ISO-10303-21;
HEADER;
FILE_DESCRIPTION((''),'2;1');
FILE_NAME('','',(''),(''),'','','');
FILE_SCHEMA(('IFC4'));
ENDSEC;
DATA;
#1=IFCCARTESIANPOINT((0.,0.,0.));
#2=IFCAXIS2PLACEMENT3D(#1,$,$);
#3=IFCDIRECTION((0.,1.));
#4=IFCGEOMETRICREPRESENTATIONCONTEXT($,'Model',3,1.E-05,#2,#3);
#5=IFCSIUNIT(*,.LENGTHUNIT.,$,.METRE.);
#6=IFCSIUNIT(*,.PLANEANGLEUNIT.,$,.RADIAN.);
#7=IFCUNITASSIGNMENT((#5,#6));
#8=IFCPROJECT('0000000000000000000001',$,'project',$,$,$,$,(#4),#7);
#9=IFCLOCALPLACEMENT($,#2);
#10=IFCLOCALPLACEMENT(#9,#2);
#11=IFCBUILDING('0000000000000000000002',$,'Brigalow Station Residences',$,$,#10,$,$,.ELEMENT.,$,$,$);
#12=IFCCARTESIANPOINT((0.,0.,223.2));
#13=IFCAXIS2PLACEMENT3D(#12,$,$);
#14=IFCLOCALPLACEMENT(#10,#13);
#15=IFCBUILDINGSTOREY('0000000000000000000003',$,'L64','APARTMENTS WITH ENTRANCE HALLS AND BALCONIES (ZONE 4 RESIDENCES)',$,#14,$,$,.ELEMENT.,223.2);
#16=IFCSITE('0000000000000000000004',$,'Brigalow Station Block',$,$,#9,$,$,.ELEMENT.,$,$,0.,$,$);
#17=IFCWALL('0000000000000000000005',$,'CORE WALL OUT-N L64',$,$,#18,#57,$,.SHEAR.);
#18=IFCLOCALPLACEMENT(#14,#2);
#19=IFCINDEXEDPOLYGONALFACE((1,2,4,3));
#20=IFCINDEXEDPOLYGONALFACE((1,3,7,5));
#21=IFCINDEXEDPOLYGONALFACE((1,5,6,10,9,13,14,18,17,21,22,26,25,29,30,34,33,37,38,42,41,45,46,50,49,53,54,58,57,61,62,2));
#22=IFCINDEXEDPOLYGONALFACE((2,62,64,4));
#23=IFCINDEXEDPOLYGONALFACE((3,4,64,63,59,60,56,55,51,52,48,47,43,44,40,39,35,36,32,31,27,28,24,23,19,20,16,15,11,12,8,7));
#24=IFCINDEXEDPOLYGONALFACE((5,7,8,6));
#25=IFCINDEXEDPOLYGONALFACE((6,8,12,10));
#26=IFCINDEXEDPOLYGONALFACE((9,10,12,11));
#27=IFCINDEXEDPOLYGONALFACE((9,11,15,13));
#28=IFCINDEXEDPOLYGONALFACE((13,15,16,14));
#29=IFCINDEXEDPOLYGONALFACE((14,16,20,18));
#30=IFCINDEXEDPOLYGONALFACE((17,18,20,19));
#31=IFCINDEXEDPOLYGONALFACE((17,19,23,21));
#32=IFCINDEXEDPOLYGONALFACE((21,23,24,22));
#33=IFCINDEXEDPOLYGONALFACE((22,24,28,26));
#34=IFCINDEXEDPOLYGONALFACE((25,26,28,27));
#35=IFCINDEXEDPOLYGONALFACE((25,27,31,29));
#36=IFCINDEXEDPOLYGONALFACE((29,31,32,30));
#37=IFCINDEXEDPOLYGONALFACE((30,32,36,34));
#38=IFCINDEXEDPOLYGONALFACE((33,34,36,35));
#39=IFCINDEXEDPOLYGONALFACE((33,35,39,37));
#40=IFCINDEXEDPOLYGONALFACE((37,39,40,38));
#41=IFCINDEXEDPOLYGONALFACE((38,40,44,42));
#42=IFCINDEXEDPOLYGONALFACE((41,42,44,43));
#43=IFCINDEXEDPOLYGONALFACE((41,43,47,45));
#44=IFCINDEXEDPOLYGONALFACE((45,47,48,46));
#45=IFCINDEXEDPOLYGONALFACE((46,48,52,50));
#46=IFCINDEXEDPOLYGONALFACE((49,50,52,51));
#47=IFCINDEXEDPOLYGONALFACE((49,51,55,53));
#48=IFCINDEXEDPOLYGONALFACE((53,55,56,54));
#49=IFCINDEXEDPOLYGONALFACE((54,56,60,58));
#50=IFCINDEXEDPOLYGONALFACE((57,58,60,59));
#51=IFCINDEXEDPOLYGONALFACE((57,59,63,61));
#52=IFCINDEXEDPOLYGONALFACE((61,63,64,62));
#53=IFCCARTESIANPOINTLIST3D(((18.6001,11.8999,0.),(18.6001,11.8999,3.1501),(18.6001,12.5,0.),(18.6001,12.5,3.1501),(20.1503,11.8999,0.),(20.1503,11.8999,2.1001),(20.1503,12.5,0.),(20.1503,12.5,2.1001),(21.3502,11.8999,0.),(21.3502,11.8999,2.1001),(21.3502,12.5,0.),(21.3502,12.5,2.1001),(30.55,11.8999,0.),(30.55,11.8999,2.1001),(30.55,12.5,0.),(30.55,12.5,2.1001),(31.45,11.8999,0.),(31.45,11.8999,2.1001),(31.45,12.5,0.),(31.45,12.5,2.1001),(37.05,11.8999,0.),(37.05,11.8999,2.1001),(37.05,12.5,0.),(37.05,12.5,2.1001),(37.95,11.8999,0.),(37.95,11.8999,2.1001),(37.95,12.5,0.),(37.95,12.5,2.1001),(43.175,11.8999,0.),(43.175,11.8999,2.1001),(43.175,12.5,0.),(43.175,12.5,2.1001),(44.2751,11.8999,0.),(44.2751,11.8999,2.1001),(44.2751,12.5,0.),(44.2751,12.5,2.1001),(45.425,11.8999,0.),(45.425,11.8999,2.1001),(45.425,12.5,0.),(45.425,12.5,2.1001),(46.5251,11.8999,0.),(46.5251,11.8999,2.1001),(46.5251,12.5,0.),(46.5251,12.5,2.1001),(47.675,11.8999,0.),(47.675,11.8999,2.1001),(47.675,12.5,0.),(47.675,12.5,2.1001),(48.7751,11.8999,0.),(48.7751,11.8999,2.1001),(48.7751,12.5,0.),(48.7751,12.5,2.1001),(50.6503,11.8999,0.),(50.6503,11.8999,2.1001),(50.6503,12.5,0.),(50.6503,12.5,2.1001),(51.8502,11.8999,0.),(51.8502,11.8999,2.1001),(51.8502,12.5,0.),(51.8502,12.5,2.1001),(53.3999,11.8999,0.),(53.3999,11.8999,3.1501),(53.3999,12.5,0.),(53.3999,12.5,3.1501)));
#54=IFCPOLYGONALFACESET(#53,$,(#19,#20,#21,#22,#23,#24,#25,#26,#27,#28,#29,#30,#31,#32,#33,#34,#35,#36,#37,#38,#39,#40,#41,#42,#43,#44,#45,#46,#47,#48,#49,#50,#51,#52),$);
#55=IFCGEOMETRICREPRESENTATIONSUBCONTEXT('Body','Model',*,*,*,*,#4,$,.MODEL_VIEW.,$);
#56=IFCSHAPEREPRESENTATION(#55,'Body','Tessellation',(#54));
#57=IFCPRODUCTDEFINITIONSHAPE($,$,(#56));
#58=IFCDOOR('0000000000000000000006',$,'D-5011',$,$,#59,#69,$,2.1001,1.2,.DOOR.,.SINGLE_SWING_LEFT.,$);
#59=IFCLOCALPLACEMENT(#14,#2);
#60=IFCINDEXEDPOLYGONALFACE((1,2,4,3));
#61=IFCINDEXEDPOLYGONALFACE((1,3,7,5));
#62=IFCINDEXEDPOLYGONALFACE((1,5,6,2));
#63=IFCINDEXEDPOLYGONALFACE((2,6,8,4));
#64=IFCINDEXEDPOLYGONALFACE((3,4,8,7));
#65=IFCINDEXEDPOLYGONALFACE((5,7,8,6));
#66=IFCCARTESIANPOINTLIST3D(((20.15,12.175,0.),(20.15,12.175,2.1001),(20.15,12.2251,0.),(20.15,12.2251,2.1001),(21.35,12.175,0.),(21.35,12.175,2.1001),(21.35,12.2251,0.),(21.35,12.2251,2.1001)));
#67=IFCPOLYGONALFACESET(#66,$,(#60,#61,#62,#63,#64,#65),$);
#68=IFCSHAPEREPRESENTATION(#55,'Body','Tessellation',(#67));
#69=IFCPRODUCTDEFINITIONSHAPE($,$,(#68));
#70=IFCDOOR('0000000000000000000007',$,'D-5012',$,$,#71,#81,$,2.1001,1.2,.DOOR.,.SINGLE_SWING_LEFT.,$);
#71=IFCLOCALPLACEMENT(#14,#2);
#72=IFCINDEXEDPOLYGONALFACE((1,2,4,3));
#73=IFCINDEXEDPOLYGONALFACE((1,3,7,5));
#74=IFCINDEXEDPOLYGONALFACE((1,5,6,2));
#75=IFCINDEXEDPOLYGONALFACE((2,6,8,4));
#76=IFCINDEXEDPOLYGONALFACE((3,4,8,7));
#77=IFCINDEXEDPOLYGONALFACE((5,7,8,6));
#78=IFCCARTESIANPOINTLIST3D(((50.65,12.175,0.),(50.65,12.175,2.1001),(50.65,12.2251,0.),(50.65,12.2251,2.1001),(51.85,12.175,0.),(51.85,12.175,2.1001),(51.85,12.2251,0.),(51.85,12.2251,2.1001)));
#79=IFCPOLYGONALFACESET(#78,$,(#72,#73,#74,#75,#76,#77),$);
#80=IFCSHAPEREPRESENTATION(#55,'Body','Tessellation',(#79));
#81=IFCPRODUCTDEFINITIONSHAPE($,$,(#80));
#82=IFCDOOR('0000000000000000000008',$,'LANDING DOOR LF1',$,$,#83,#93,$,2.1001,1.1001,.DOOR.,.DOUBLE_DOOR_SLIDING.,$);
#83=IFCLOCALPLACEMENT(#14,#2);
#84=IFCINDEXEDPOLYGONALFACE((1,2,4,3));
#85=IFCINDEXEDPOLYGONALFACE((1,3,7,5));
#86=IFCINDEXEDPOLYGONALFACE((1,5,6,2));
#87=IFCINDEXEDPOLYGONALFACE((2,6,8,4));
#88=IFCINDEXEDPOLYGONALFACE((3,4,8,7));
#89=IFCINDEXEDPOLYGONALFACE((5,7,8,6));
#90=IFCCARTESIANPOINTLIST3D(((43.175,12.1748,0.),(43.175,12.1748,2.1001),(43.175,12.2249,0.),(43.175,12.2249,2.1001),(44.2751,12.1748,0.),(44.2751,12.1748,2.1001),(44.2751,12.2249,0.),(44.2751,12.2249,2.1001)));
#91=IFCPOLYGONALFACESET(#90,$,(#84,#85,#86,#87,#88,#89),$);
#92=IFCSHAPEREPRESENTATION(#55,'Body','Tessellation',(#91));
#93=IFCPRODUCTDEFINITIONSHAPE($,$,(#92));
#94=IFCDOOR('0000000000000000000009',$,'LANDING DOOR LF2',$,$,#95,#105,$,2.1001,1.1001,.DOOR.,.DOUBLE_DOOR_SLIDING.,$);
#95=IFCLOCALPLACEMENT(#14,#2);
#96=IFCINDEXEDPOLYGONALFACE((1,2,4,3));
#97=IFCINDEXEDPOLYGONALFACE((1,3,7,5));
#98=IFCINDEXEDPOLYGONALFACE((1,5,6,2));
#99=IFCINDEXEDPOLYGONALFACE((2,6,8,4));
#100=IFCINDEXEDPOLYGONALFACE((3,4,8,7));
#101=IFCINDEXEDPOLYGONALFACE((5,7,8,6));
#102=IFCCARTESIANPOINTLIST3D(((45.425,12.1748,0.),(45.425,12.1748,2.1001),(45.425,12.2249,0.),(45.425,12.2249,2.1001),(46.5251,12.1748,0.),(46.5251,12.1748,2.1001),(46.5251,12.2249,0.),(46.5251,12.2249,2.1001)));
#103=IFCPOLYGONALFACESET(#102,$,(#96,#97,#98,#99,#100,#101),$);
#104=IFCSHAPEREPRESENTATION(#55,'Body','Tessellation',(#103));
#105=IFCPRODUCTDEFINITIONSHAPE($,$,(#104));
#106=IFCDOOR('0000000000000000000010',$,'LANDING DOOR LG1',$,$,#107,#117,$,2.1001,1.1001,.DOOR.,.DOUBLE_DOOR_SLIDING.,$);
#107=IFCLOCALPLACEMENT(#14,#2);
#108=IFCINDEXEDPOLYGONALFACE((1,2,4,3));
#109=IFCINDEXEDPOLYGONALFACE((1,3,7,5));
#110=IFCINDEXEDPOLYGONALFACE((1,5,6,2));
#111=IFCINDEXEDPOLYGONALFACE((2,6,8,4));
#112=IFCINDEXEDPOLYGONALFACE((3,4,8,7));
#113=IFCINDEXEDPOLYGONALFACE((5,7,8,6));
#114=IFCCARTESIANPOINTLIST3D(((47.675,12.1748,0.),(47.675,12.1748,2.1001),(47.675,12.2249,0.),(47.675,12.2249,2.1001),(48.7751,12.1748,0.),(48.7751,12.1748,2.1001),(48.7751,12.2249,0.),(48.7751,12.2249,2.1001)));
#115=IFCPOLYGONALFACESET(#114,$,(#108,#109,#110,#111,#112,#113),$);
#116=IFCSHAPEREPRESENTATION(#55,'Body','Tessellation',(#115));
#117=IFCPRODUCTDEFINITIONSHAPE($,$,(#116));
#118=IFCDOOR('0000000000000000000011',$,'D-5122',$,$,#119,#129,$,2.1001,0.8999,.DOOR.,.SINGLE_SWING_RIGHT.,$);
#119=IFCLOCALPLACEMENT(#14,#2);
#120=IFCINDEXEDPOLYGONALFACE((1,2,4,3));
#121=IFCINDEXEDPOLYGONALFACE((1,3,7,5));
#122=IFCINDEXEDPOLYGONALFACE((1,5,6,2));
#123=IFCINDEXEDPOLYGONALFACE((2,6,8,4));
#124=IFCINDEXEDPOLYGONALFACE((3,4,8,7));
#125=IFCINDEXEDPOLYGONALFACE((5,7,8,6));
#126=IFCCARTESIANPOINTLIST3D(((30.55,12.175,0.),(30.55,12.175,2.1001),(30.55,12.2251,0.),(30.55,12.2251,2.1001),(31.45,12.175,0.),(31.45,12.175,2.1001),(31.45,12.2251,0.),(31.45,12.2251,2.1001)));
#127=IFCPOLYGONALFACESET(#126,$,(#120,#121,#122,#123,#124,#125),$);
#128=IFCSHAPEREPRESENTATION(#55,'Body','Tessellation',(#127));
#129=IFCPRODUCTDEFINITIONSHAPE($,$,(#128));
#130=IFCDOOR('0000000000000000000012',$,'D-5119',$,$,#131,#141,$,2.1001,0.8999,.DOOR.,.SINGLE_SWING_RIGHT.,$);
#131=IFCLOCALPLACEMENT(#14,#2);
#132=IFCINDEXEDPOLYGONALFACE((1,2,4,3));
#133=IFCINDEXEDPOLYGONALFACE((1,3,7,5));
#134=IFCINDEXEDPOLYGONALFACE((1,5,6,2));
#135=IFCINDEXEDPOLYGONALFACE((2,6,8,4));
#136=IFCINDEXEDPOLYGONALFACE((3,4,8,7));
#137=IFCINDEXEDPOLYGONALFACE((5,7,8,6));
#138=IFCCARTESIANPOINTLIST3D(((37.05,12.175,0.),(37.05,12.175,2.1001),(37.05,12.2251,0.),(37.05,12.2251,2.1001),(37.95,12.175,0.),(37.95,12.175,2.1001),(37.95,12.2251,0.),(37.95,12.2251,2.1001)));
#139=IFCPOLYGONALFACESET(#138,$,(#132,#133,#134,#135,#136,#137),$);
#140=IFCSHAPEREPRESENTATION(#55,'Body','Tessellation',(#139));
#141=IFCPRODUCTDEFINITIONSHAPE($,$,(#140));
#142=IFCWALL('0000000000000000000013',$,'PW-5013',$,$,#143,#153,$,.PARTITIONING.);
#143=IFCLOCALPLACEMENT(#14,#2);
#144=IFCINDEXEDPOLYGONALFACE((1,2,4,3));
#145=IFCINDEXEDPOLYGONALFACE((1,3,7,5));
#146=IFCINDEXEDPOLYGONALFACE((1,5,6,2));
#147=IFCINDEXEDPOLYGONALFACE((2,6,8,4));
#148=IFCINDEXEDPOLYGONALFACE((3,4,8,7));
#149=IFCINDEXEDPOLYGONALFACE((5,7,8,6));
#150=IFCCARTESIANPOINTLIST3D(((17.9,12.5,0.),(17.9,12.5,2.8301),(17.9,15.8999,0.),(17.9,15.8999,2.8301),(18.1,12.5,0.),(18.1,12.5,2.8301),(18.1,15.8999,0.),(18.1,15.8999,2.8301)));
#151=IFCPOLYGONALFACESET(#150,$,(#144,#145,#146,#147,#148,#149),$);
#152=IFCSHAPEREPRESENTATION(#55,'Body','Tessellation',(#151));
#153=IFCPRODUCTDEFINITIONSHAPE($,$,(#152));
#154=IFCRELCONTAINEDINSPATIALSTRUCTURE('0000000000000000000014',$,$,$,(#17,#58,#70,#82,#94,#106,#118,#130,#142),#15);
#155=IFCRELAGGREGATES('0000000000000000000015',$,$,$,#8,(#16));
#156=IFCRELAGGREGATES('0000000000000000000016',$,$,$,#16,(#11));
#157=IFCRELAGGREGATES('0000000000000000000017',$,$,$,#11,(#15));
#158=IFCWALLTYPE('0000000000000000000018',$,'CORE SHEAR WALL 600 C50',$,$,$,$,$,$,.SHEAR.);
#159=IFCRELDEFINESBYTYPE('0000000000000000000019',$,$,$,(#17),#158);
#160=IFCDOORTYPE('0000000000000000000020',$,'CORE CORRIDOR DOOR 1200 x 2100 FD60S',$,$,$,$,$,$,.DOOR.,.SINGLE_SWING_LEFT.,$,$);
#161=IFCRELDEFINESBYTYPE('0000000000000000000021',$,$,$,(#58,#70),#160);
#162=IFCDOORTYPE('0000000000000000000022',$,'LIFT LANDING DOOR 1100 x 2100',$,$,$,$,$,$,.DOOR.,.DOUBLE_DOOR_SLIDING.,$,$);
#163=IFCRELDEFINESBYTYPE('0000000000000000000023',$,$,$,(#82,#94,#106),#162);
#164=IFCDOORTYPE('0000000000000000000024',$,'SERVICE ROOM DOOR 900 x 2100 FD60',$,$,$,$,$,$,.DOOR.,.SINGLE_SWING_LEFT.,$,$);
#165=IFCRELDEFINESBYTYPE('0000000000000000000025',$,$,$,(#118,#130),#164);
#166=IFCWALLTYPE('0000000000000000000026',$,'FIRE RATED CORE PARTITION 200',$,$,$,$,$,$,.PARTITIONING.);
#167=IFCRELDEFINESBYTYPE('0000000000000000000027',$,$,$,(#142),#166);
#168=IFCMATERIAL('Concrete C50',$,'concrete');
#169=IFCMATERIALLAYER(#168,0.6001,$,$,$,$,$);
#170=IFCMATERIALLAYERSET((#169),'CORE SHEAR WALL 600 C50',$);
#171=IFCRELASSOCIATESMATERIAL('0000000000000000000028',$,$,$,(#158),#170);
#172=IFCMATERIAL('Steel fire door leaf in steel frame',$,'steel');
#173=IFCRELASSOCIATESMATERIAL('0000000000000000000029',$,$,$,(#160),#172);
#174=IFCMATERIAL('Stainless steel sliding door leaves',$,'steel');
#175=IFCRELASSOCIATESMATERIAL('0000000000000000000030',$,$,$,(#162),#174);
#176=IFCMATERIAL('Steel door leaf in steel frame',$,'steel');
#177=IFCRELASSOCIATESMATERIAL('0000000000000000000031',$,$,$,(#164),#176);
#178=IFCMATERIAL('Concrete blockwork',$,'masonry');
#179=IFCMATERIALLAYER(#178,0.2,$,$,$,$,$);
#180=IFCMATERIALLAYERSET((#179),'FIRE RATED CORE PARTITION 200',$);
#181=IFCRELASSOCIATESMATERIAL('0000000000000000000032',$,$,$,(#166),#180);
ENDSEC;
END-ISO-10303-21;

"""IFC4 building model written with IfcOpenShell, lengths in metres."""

from ifc_helpers import new_model, si_unit, direction, frame, frame_2d, origin, place, context, subcontext, project, spatial, rectangle, extrude, material, layer, layer_set, type_object, element, fill, save


model = new_model("IFC4")

# Units and contexts
model_context = context("Model", 3, precision=1e-05, world=origin(), true_north=direction((0.0, 1.0)))
body_context = subcontext(model_context, "Body", "Model", "MODEL_VIEW")
ifc_project = project(units=[si_unit("LENGTHUNIT", "METRE"), si_unit("PLANEANGLEUNIT", "RADIAN")], contexts=[model_context])

# Site, building, storey
site_placement = place(None, origin())
site = spatial("IfcSite", under=ifc_project, at=site_placement, Name="Brigalow Station Block", CompositionType="ELEMENT", RefElevation=0.0)
building_placement = place(site_placement, origin())
building = spatial("IfcBuilding", under=site, at=building_placement, Name="Brigalow Station Residences", CompositionType="ELEMENT")
storey_placement = place(building_placement, frame((0.0, 0.0, 223.2)))
storey = spatial("IfcBuildingStorey", under=building, at=storey_placement, Name="L64", Description="APARTMENTS WITH ENTRANCE HALLS AND BALCONIES (ZONE 4 RESIDENCES)", CompositionType="ELEMENT", Elevation=223.2)

# Wall, openings, doors
ifc_material_1 = material(Name="Concrete C50", Category="concrete")
ifc_layer_1 = layer(ifc_material_1, 0.6001)
ifc_layer_set_1 = layer_set([ifc_layer_1], Name="CORE SHEAR WALL 600 C50")
wall_type_1 = type_object("IfcWallType", Name="CORE SHEAR WALL 600 C50", PredefinedType="SHEAR", material=ifc_layer_set_1)
wall_1_placement = place(storey_placement, frame((18.6001, 12.2, 0.0), z_axis=(0.0, 0.0, 1.0), x_axis=(1.0, 0.0, 0.0)))
wall_1 = element("IfcWall", 1, at=wall_1_placement, inside=storey, type_object=wall_type_1, Name="CORE WALL OUT-N L64", PredefinedType="SHEAR", context=body_context, shape_type="SweptSolid", body=[
    extrude(rectangle(XDim=34.7998, YDim=0.6001, at=frame_2d((17.3999, 0.0))), origin(), (0.0, 0.0, 1.0), 3.1501),
])
opening_1_placement = place(wall_1_placement, frame((24.575, 0.0, 0.0)))
opening_1 = element("IfcOpeningElement", 2, at=opening_1_placement, cuts=wall_1, PredefinedType="OPENING", context=body_context, shape_type="SweptSolid", body=[
    extrude(rectangle(XDim=1.1001, YDim=2.1001, at=frame_2d((0.55, 1.05))), frame((0.0, 0.3101, 0.0), z_axis=(0.0, -1.0, 0.0), x_axis=(1.0, 0.0, 0.0)), (0.0, 0.0, 1.0), 0.6201),
])
opening_2_placement = place(wall_1_placement, frame((26.825, 0.0, 0.0)))
opening_2 = element("IfcOpeningElement", 3, at=opening_2_placement, cuts=wall_1, PredefinedType="OPENING", context=body_context, shape_type="SweptSolid", body=[
    extrude(rectangle(XDim=1.1001, YDim=2.1001, at=frame_2d((0.55, 1.05))), frame((0.0, 0.3101, 0.0), z_axis=(0.0, -1.0, 0.0), x_axis=(1.0, 0.0, 0.0)), (0.0, 0.0, 1.0), 0.6201),
])
opening_3_placement = place(wall_1_placement, frame((29.075, 0.0, 0.0)))
opening_3 = element("IfcOpeningElement", 4, at=opening_3_placement, cuts=wall_1, PredefinedType="OPENING", context=body_context, shape_type="SweptSolid", body=[
    extrude(rectangle(XDim=1.1001, YDim=2.1001, at=frame_2d((0.55, 1.05))), frame((0.0, 0.3101, 0.0), z_axis=(0.0, -1.0, 0.0), x_axis=(1.0, 0.0, 0.0)), (0.0, 0.0, 1.0), 0.6201),
])
opening_4_placement = place(wall_1_placement, frame((11.95, 0.0, 0.0)))
opening_4 = element("IfcOpeningElement", 5, at=opening_4_placement, cuts=wall_1, PredefinedType="OPENING", context=body_context, shape_type="SweptSolid", body=[
    extrude(rectangle(XDim=0.8999, YDim=2.1001, at=frame_2d((0.45, 1.05))), frame((0.0, 0.3101, 0.0), z_axis=(0.0, -1.0, 0.0), x_axis=(1.0, 0.0, 0.0)), (0.0, 0.0, 1.0), 0.6201),
])
opening_5_placement = place(wall_1_placement, frame((18.45, 0.0, 0.0)))
opening_5 = element("IfcOpeningElement", 6, at=opening_5_placement, cuts=wall_1, PredefinedType="OPENING", context=body_context, shape_type="SweptSolid", body=[
    extrude(rectangle(XDim=0.8999, YDim=2.1001, at=frame_2d((0.45, 1.05))), frame((0.0, 0.3101, 0.0), z_axis=(0.0, -1.0, 0.0), x_axis=(1.0, 0.0, 0.0)), (0.0, 0.0, 1.0), 0.6201),
])
opening_6_placement = place(wall_1_placement, frame((1.55, 0.0, 0.0)))
opening_6 = element("IfcOpeningElement", 7, at=opening_6_placement, cuts=wall_1, PredefinedType="OPENING", context=body_context, shape_type="SweptSolid", body=[
    extrude(rectangle(XDim=1.2, YDim=2.1001, at=frame_2d((0.6001, 1.05))), frame((0.0, 0.3101, 0.0), z_axis=(0.0, -1.0, 0.0), x_axis=(1.0, 0.0, 0.0)), (0.0, 0.0, 1.0), 0.6201),
])
opening_7_placement = place(wall_1_placement, frame((32.05, 0.0, 0.0)))
opening_7 = element("IfcOpeningElement", 8, at=opening_7_placement, cuts=wall_1, PredefinedType="OPENING", context=body_context, shape_type="SweptSolid", body=[
    extrude(rectangle(XDim=1.2, YDim=2.1001, at=frame_2d((0.6001, 1.05))), frame((0.0, 0.3101, 0.0), z_axis=(0.0, -1.0, 0.0), x_axis=(1.0, 0.0, 0.0)), (0.0, 0.0, 1.0), 0.6201),
])
ifc_material_2 = material(Name="Steel fire door leaf in steel frame", Category="steel")
door_type_1 = type_object("IfcDoorType", Name="CORE CORRIDOR DOOR 1200 x 2100 FD60S", OperationType="SINGLE_SWING_LEFT", PredefinedType="DOOR", material=ifc_material_2)
door_1_placement = place(opening_6_placement, frame((1.2, 0.0, 0.0), z_axis=(0.0, 0.0, 1.0), x_axis=(-1.0, 0.0, 0.0)))
door_1 = element("IfcDoor", 9, at=door_1_placement, inside=storey, type_object=door_type_1, Name="D-5011", OperationType="SINGLE_SWING_LEFT", OverallHeight=2.1001, OverallWidth=1.2, PredefinedType="DOOR", context=body_context, shape_type="SweptSolid", body=[
    extrude(rectangle(XDim=1.2, YDim=2.1001, at=frame_2d((0.6001, 1.05))), frame((0.0, 0.0249, 0.0), z_axis=(0.0, -1.0, 0.0), x_axis=(1.0, 0.0, 0.0)), (0.0, 0.0, 1.0), 0.05),
])
fill(opening_6, door_1)
door_2_placement = place(opening_7_placement, frame((1.2, 0.0, 0.0), z_axis=(0.0, 0.0, 1.0), x_axis=(-1.0, 0.0, 0.0)))
door_2 = element("IfcDoor", 10, at=door_2_placement, inside=storey, type_object=door_type_1, Name="D-5012", OperationType="SINGLE_SWING_LEFT", OverallHeight=2.1001, OverallWidth=1.2, PredefinedType="DOOR", context=body_context, shape_type="SweptSolid", body=[
    extrude(rectangle(XDim=1.2, YDim=2.1001, at=frame_2d((0.6001, 1.05))), frame((0.0, 0.0249, 0.0), z_axis=(0.0, -1.0, 0.0), x_axis=(1.0, 0.0, 0.0)), (0.0, 0.0, 1.0), 0.05),
])
fill(opening_7, door_2)
ifc_material_3 = material(Name="Stainless steel sliding door leaves", Category="steel")
door_type_2 = type_object("IfcDoorType", Name="LIFT LANDING DOOR 1100 x 2100", OperationType="DOUBLE_DOOR_SLIDING", PredefinedType="DOOR", material=ifc_material_3)
door_3_placement = place(opening_1_placement, origin())
door_3 = element("IfcDoor", 11, at=door_3_placement, inside=storey, type_object=door_type_2, Name="LANDING DOOR LF1", OperationType="DOUBLE_DOOR_SLIDING", OverallHeight=2.1001, OverallWidth=1.1001, PredefinedType="DOOR", context=body_context, shape_type="SweptSolid", body=[
    extrude(rectangle(XDim=1.1001, YDim=2.1001, at=frame_2d((0.55, 1.05))), frame((0.0, 0.0249, 0.0), z_axis=(0.0, -1.0, 0.0), x_axis=(1.0, 0.0, 0.0)), (0.0, 0.0, 1.0), 0.05),
])
fill(opening_1, door_3)
door_4_placement = place(opening_2_placement, origin())
door_4 = element("IfcDoor", 12, at=door_4_placement, inside=storey, type_object=door_type_2, Name="LANDING DOOR LF2", OperationType="DOUBLE_DOOR_SLIDING", OverallHeight=2.1001, OverallWidth=1.1001, PredefinedType="DOOR", context=body_context, shape_type="SweptSolid", body=[
    extrude(rectangle(XDim=1.1001, YDim=2.1001, at=frame_2d((0.55, 1.05))), frame((0.0, 0.0249, 0.0), z_axis=(0.0, -1.0, 0.0), x_axis=(1.0, 0.0, 0.0)), (0.0, 0.0, 1.0), 0.05),
])
fill(opening_2, door_4)
door_5_placement = place(opening_3_placement, origin())
door_5 = element("IfcDoor", 13, at=door_5_placement, inside=storey, type_object=door_type_2, Name="LANDING DOOR LG1", OperationType="DOUBLE_DOOR_SLIDING", OverallHeight=2.1001, OverallWidth=1.1001, PredefinedType="DOOR", context=body_context, shape_type="SweptSolid", body=[
    extrude(rectangle(XDim=1.1001, YDim=2.1001, at=frame_2d((0.55, 1.05))), frame((0.0, 0.0249, 0.0), z_axis=(0.0, -1.0, 0.0), x_axis=(1.0, 0.0, 0.0)), (0.0, 0.0, 1.0), 0.05),
])
fill(opening_3, door_5)
ifc_material_4 = material(Name="Steel door leaf in steel frame", Category="steel")
door_type_3 = type_object("IfcDoorType", Name="SERVICE ROOM DOOR 900 x 2100 FD60", OperationType="SINGLE_SWING_LEFT", PredefinedType="DOOR", material=ifc_material_4)
door_6_placement = place(opening_4_placement, frame((0.8999, 0.0, 0.0), z_axis=(0.0, 0.0, 1.0), x_axis=(-1.0, 0.0, 0.0)))
door_6 = element("IfcDoor", 14, at=door_6_placement, inside=storey, type_object=door_type_3, Name="D-5122", OperationType="SINGLE_SWING_RIGHT", OverallHeight=2.1001, OverallWidth=0.8999, PredefinedType="DOOR", context=body_context, shape_type="SweptSolid", body=[
    extrude(rectangle(XDim=0.8999, YDim=2.1001, at=frame_2d((0.45, 1.05))), frame((0.0, 0.0249, 0.0), z_axis=(0.0, -1.0, 0.0), x_axis=(1.0, 0.0, 0.0)), (0.0, 0.0, 1.0), 0.05),
])
fill(opening_4, door_6)
door_7_placement = place(opening_5_placement, frame((0.8999, 0.0, 0.0), z_axis=(0.0, 0.0, 1.0), x_axis=(-1.0, 0.0, 0.0)))
door_7 = element("IfcDoor", 15, at=door_7_placement, inside=storey, type_object=door_type_3, Name="D-5119", OperationType="SINGLE_SWING_RIGHT", OverallHeight=2.1001, OverallWidth=0.8999, PredefinedType="DOOR", context=body_context, shape_type="SweptSolid", body=[
    extrude(rectangle(XDim=0.8999, YDim=2.1001, at=frame_2d((0.45, 1.05))), frame((0.0, 0.0249, 0.0), z_axis=(0.0, -1.0, 0.0), x_axis=(1.0, 0.0, 0.0)), (0.0, 0.0, 1.0), 0.05),
])
fill(opening_5, door_7)

# Wall
ifc_material_5 = material(Name="Concrete blockwork", Category="masonry")
ifc_layer_2 = layer(ifc_material_5, 0.2)
ifc_layer_set_2 = layer_set([ifc_layer_2], Name="FIRE RATED CORE PARTITION 200")
wall_type_2 = type_object("IfcWallType", Name="FIRE RATED CORE PARTITION 200", PredefinedType="PARTITIONING", material=ifc_layer_set_2)
wall_2_placement = place(storey_placement, frame((18.0, 12.5, 0.0), z_axis=(0.0, 0.0, 1.0), x_axis=(0.0, 1.0, 0.0)))
element("IfcWall", 16, at=wall_2_placement, inside=storey, type_object=wall_type_2, Name="PW-5013", PredefinedType="PARTITIONING", context=body_context, shape_type="SweptSolid", body=[
    extrude(rectangle(XDim=3.3999, YDim=0.2, at=frame_2d((1.7, 0.0))), origin(), (0.0, 0.0, 1.0), 2.8301),
])

save(model, "model.ifc")
